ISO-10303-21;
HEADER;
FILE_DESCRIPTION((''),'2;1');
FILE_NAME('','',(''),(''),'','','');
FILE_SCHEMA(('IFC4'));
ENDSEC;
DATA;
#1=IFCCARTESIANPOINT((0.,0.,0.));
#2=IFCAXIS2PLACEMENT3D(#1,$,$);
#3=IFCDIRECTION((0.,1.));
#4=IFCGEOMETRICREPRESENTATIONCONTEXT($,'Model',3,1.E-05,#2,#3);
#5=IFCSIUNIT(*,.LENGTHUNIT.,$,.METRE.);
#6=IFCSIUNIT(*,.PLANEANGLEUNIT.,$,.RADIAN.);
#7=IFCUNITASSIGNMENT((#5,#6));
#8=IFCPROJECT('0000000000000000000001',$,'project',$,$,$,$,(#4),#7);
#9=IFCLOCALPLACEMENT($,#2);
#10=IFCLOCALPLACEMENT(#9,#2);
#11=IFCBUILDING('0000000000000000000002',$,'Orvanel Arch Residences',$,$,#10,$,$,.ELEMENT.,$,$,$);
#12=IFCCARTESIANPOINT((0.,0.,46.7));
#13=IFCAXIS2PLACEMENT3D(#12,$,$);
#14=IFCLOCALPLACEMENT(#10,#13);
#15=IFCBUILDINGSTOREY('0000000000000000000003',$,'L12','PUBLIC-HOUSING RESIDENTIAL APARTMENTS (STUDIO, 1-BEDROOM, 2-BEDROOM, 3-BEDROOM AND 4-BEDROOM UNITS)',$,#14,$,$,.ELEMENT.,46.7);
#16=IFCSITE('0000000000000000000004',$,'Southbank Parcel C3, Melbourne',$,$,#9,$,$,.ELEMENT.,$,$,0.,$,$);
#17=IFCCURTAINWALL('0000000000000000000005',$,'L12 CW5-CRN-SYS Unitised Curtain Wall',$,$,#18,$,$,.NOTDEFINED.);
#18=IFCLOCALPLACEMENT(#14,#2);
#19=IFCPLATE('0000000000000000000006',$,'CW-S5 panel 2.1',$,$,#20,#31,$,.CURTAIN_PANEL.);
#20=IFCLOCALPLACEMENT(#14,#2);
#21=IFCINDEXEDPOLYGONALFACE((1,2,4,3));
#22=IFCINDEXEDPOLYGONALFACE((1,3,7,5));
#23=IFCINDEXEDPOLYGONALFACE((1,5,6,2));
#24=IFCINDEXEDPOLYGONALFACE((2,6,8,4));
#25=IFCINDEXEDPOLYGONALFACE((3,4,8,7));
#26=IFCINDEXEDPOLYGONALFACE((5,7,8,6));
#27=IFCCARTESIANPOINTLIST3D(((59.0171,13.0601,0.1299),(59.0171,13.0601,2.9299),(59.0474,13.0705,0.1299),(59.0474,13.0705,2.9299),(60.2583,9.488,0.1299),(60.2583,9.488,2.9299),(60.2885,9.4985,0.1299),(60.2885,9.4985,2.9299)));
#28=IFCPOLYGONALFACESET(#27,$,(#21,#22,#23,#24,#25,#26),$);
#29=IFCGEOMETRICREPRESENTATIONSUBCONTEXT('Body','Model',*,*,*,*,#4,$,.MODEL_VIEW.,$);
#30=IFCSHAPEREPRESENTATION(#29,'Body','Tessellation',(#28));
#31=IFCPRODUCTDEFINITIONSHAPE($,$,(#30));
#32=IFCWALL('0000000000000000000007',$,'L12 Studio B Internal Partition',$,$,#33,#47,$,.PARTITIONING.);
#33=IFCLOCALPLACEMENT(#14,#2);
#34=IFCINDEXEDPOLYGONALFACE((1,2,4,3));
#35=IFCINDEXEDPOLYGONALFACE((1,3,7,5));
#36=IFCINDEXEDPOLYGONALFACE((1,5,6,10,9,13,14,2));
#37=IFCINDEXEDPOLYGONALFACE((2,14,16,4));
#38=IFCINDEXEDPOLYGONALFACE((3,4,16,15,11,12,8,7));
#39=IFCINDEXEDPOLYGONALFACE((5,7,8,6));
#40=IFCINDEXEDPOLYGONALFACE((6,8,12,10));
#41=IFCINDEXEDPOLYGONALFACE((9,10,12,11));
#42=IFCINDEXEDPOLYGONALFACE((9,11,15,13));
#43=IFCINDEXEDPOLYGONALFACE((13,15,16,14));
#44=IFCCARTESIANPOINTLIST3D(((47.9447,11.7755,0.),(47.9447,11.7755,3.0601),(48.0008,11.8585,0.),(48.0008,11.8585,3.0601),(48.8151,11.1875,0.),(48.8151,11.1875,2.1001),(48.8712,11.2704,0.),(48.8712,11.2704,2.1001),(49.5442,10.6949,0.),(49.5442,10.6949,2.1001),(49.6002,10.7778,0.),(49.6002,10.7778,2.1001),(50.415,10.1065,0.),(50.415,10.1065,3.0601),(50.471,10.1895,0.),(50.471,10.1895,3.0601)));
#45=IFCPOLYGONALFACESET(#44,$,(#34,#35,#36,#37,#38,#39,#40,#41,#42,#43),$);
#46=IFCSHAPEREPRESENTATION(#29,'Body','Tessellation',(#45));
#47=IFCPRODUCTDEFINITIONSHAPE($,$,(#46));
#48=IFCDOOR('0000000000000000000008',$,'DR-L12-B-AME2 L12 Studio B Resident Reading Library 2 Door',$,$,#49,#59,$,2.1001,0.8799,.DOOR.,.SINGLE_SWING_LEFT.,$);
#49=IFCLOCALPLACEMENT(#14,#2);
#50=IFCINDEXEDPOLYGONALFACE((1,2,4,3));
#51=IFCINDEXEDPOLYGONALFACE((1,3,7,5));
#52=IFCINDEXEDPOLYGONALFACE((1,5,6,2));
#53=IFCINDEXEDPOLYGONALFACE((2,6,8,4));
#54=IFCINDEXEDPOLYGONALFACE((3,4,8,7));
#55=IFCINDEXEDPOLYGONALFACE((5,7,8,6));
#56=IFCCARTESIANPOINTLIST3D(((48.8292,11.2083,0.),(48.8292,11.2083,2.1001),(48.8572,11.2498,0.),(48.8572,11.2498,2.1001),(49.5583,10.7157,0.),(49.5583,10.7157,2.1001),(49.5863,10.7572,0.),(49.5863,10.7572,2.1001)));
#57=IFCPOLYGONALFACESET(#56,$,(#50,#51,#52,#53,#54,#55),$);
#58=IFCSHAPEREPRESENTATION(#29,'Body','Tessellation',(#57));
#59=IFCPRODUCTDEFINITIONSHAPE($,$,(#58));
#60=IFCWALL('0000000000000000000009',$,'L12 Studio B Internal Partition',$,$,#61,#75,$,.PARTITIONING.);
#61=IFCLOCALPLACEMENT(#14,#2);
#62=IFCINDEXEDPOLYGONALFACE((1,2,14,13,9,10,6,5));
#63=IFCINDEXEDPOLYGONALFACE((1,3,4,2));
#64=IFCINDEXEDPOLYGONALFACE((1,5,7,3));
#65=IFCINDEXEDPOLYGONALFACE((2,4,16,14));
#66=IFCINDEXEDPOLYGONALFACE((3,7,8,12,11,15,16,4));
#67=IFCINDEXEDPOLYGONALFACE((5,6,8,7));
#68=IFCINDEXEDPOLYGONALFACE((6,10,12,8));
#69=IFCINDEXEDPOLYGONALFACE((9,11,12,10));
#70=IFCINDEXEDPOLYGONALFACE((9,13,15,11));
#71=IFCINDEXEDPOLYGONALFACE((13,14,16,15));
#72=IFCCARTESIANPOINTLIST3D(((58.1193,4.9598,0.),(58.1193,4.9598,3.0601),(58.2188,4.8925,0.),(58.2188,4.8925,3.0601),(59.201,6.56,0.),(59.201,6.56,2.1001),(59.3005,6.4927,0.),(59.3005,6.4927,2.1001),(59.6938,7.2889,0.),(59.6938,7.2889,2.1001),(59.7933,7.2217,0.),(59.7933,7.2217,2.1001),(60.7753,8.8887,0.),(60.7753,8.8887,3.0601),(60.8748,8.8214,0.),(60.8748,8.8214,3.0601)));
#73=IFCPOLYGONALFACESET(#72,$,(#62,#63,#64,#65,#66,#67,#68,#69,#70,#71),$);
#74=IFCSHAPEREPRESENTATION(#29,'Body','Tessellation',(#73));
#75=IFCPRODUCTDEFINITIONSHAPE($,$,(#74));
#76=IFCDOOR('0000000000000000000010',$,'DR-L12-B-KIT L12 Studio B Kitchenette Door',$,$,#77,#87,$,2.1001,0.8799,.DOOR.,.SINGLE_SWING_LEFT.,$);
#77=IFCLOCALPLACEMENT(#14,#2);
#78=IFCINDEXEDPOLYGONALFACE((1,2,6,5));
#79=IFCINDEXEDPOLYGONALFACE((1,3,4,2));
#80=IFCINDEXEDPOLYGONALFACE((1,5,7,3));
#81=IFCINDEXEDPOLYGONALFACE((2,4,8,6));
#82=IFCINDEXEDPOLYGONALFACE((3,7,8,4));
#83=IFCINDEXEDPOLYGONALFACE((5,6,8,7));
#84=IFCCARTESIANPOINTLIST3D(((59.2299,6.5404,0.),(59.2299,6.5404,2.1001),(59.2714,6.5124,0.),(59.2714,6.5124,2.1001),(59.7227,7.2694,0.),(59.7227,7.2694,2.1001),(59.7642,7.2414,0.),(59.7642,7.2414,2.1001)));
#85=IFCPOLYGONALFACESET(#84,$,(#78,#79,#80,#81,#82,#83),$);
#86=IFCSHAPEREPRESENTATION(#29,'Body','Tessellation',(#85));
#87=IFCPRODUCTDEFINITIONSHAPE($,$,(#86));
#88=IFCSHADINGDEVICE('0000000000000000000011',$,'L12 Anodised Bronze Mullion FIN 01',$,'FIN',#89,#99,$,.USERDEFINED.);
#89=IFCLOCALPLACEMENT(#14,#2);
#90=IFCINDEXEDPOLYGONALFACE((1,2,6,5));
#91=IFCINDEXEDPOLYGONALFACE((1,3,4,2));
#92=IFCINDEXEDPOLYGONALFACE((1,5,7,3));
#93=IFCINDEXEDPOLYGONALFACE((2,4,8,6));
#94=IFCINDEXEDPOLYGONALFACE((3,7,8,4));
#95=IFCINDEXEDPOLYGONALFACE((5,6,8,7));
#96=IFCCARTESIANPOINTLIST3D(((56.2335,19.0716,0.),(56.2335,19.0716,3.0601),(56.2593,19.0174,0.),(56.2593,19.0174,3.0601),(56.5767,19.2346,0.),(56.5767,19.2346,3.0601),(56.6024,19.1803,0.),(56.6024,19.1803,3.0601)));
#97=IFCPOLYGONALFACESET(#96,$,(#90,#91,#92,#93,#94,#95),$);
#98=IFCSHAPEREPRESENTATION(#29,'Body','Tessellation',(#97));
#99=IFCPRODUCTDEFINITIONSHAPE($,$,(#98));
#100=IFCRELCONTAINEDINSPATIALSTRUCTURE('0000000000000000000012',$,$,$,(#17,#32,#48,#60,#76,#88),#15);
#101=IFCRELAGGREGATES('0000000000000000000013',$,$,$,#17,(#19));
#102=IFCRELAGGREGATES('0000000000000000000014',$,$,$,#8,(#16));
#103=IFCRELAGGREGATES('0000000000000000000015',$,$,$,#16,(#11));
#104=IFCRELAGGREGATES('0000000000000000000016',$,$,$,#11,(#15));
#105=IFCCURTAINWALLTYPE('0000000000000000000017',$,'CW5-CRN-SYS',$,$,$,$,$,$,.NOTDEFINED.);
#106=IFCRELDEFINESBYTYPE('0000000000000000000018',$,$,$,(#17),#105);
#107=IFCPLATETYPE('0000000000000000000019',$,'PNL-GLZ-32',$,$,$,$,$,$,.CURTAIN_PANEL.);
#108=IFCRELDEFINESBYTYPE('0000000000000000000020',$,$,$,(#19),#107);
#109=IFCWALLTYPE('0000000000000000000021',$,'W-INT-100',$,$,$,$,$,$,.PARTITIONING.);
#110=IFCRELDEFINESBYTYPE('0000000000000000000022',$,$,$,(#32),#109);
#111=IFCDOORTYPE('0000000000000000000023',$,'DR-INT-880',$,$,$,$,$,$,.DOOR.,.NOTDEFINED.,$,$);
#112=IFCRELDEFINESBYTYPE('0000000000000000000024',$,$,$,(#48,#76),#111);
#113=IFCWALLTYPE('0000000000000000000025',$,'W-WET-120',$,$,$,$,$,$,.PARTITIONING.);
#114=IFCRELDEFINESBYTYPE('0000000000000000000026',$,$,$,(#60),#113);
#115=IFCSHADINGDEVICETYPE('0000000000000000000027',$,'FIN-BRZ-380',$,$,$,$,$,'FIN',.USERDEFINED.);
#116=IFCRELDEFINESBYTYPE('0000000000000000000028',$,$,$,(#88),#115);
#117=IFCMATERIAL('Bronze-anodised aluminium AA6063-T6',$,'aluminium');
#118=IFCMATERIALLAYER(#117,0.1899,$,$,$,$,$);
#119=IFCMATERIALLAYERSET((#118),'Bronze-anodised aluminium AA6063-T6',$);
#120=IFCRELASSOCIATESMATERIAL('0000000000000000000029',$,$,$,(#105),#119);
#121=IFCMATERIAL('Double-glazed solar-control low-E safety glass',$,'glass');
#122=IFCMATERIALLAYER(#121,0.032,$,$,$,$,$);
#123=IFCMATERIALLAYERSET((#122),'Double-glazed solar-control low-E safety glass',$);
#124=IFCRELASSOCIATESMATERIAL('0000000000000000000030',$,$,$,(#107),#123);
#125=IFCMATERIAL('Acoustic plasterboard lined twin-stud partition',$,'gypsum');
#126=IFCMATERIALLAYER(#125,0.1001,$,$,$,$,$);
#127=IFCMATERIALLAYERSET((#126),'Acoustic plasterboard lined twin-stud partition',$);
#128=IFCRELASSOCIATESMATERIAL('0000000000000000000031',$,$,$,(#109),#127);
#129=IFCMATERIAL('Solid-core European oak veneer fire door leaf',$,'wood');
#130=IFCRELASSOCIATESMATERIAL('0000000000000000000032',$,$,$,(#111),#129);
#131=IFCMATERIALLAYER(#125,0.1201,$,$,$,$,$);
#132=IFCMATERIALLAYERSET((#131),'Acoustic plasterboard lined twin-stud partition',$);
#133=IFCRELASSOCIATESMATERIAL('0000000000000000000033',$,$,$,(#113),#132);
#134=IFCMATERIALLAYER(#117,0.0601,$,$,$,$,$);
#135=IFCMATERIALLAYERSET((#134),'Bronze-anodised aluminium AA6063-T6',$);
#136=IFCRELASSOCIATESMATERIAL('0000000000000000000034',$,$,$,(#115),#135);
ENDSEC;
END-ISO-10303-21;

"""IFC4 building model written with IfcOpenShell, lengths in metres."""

from ifc_helpers import new_model, si_unit, direction, frame, frame_2d, origin, origin_2d, place, context, subcontext, project, spatial, rectangle, extrude, material, layer, layer_set, type_object, element, fill, aggregate, save


model = new_model("IFC4")

# Units and contexts
model_context = context("Model", 3, precision=1e-05, world=origin(), true_north=direction((0.0, 1.0)))
body_context = subcontext(model_context, "Body", "Model", "MODEL_VIEW")
ifc_project = project(units=[si_unit("LENGTHUNIT", "METRE"), si_unit("PLANEANGLEUNIT", "RADIAN")], contexts=[model_context])

# Site, building, storey
site_placement = place(None, origin())
site = spatial("IfcSite", under=ifc_project, at=site_placement, Name="Southbank Parcel C3, Melbourne", CompositionType="ELEMENT", RefElevation=0.0)
building_placement = place(site_placement, origin())
building = spatial("IfcBuilding", under=site, at=building_placement, Name="Orvanel Arch Residences", CompositionType="ELEMENT")
storey_placement = place(building_placement, frame((0.0, 0.0, 46.7)))
storey = spatial("IfcBuildingStorey", under=building, at=storey_placement, Name="L12", Description="PUBLIC-HOUSING RESIDENTIAL APARTMENTS (STUDIO, 1-BEDROOM, 2-BEDROOM, 3-BEDROOM AND 4-BEDROOM UNITS)", CompositionType="ELEMENT", Elevation=46.7)

# Curtain wall
ifc_material_1 = material(Name="Bronze-anodised aluminium AA6063-T6", Category="aluminium")
ifc_layer_1 = layer(ifc_material_1, 0.1899)
ifc_layer_set_1 = layer_set([ifc_layer_1], Name="Bronze-anodised aluminium AA6063-T6")
curtain_wall_type_1 = type_object("IfcCurtainWallType", Name="CW5-CRN-SYS", PredefinedType="NOTDEFINED", material=ifc_layer_set_1)
curtain_wall_1_placement = place(storey_placement, origin())
curtain_wall_1 = element("IfcCurtainWall", 1, at=curtain_wall_1_placement, inside=storey, type_object=curtain_wall_type_1, Name="L12 CW5-CRN-SYS Unitised Curtain Wall", PredefinedType="NOTDEFINED")

# Plate
ifc_material_2 = material(Name="Double-glazed solar-control low-E safety glass", Category="glass")
ifc_layer_2 = layer(ifc_material_2, 0.032)
ifc_layer_set_2 = layer_set([ifc_layer_2], Name="Double-glazed solar-control low-E safety glass")
plate_type_1 = type_object("IfcPlateType", Name="PNL-GLZ-32", PredefinedType="CURTAIN_PANEL", material=ifc_layer_set_2)
plate_1_placement = place(storey_placement, frame((59.6528, 11.2793, 0.1299), z_axis=(0.0, 0.0, 1.0), x_axis=(-0.328221, 0.944601, 0.0)))
plate_1 = element("IfcPlate", 2, at=plate_1_placement, type_object=plate_type_1, Name="CW-S5 panel 2.1", PredefinedType="CURTAIN_PANEL", context=body_context, shape_type="SweptSolid", body=[
    extrude(rectangle(XDim=3.7815, YDim=0.032, at=origin_2d()), origin(), (0.0, 0.0, 1.0), 2.8),
])
aggregate(curtain_wall_1, [plate_1])

# Walls, openings, doors
ifc_material_3 = material(Name="Acoustic plasterboard lined twin-stud partition", Category="gypsum")
ifc_layer_3 = layer(ifc_material_3, 0.1001)
ifc_layer_set_3 = layer_set([ifc_layer_3], Name="Acoustic plasterboard lined twin-stud partition")
wall_type_1 = type_object("IfcWallType", Name="W-INT-100", PredefinedType="PARTITIONING", material=ifc_layer_set_3)
wall_1_placement = place(storey_placement, frame((50.4431, 10.1479, 0.0), z_axis=(0.0, 0.0, 1.0), x_axis=(-0.828607, 0.55983, 0.0)))
wall_1 = element("IfcWall", 3, at=wall_1_placement, inside=storey, type_object=wall_type_1, Name="L12 Studio B Internal Partition", PredefinedType="PARTITIONING", context=body_context, shape_type="SweptSolid", body=[
    extrude(rectangle(XDim=2.9812, YDim=0.1001, at=frame_2d((1.4907, 0.0))), origin(), (0.0, 0.0, 1.0), 3.0601),
])
opening_1_placement = place(wall_1_placement, frame((1.051, 0.0, 0.0)))
opening_1 = element("IfcOpeningElement", 4, at=opening_1_placement, cuts=wall_1, PredefinedType="OPENING", context=body_context, shape_type="SweptSolid", body=[
    extrude(rectangle(XDim=0.8799, YDim=2.1001, at=frame_2d((0.4399, 1.05))), frame((0.0, 0.0601, 0.0), z_axis=(0.0, -1.0, 0.0), x_axis=(1.0, 0.0, 0.0)), (0.0, 0.0, 1.0), 0.1201),
])
ifc_material_4 = material(Name="Solid-core European oak veneer fire door leaf", Category="wood")
door_type = type_object("IfcDoorType", Name="DR-INT-880", OperationType="NOTDEFINED", PredefinedType="DOOR", material=ifc_material_4)
door_1_placement = place(opening_1_placement, origin())
door_1 = element("IfcDoor", 5, at=door_1_placement, inside=storey, type_object=door_type, Name="DR-L12-B-AME2 L12 Studio B Resident Reading Library 2 Door", OperationType="SINGLE_SWING_LEFT", OverallHeight=2.1001, OverallWidth=0.8799, PredefinedType="DOOR", context=body_context, shape_type="SweptSolid", body=[
    extrude(rectangle(XDim=0.8799, YDim=2.1001, at=frame_2d((0.4399, 1.05))), frame((0.0, 0.0249, 0.0), z_axis=(0.0, -1.0, 0.0), x_axis=(1.0, 0.0, 0.0)), (0.0, 0.0, 1.0), 0.05),
])
fill(opening_1, door_1)
ifc_layer_4 = layer(ifc_material_3, 0.1201)
ifc_layer_set_4 = layer_set([ifc_layer_4], Name="Acoustic plasterboard lined twin-stud partition")
wall_type_2 = type_object("IfcWallType", Name="W-WET-120", PredefinedType="PARTITIONING", material=ifc_layer_set_4)
wall_2_placement = place(storey_placement, frame((60.825, 8.855, 0.0), z_axis=(0.0, 0.0, 1.0), x_axis=(-0.560047, -0.828461, 0.0)))
wall_2 = element("IfcWall", 6, at=wall_2_placement, inside=storey, type_object=wall_type_2, Name="L12 Studio B Internal Partition", PredefinedType="PARTITIONING", context=body_context, shape_type="SweptSolid", body=[
    extrude(rectangle(XDim=4.7424, YDim=0.1201, at=frame_2d((2.3711, 0.0))), origin(), (0.0, 0.0, 1.0), 3.0601),
])
opening_2_placement = place(wall_2_placement, frame((1.9309, 0.0, 0.0)))
opening_2 = element("IfcOpeningElement", 7, at=opening_2_placement, cuts=wall_2, PredefinedType="OPENING", context=body_context, shape_type="SweptSolid", body=[
    extrude(rectangle(XDim=0.8799, YDim=2.1001, at=frame_2d((0.4399, 1.05))), frame((0.0, 0.0701, 0.0), z_axis=(0.0, -1.0, 0.0), x_axis=(1.0, 0.0, 0.0)), (0.0, 0.0, 1.0), 0.1401),
])
door_2_placement = place(opening_2_placement, origin())
door_2 = element("IfcDoor", 8, at=door_2_placement, inside=storey, type_object=door_type, Name="DR-L12-B-KIT L12 Studio B Kitchenette Door", OperationType="SINGLE_SWING_LEFT", OverallHeight=2.1001, OverallWidth=0.8799, PredefinedType="DOOR", context=body_context, shape_type="SweptSolid", body=[
    extrude(rectangle(XDim=0.8799, YDim=2.1001, at=frame_2d((0.4399, 1.05))), frame((0.0, 0.0249, 0.0), z_axis=(0.0, -1.0, 0.0), x_axis=(1.0, 0.0, 0.0)), (0.0, 0.0, 1.0), 0.05),
])
fill(opening_2, door_2)

# Shading device
ifc_layer_5 = layer(ifc_material_1, 0.0601)
ifc_layer_set_5 = layer_set([ifc_layer_5], Name="Bronze-anodised aluminium AA6063-T6")
shading_device_type = type_object("IfcShadingDeviceType", Name="FIN-BRZ-380", ElementType="FIN", PredefinedType="USERDEFINED", material=ifc_layer_set_5)
shading_device_placement = place(storey_placement, frame((56.418, 19.126, 0.0), z_axis=(0.0, 0.0, 1.0), x_axis=(0.903335, 0.428935, 0.0)))
element("IfcShadingDevice", 9, at=shading_device_placement, inside=storey, type_object=shading_device_type, Name="L12 Anodised Bronze Mullion FIN 01", ObjectType="FIN", PredefinedType="USERDEFINED", context=body_context, shape_type="SweptSolid", body=[
    extrude(rectangle(XDim=0.3799, YDim=0.0601, at=origin_2d()), origin(), (0.0, 0.0, 1.0), 3.0601),
])

save(model, "model.ifc")
